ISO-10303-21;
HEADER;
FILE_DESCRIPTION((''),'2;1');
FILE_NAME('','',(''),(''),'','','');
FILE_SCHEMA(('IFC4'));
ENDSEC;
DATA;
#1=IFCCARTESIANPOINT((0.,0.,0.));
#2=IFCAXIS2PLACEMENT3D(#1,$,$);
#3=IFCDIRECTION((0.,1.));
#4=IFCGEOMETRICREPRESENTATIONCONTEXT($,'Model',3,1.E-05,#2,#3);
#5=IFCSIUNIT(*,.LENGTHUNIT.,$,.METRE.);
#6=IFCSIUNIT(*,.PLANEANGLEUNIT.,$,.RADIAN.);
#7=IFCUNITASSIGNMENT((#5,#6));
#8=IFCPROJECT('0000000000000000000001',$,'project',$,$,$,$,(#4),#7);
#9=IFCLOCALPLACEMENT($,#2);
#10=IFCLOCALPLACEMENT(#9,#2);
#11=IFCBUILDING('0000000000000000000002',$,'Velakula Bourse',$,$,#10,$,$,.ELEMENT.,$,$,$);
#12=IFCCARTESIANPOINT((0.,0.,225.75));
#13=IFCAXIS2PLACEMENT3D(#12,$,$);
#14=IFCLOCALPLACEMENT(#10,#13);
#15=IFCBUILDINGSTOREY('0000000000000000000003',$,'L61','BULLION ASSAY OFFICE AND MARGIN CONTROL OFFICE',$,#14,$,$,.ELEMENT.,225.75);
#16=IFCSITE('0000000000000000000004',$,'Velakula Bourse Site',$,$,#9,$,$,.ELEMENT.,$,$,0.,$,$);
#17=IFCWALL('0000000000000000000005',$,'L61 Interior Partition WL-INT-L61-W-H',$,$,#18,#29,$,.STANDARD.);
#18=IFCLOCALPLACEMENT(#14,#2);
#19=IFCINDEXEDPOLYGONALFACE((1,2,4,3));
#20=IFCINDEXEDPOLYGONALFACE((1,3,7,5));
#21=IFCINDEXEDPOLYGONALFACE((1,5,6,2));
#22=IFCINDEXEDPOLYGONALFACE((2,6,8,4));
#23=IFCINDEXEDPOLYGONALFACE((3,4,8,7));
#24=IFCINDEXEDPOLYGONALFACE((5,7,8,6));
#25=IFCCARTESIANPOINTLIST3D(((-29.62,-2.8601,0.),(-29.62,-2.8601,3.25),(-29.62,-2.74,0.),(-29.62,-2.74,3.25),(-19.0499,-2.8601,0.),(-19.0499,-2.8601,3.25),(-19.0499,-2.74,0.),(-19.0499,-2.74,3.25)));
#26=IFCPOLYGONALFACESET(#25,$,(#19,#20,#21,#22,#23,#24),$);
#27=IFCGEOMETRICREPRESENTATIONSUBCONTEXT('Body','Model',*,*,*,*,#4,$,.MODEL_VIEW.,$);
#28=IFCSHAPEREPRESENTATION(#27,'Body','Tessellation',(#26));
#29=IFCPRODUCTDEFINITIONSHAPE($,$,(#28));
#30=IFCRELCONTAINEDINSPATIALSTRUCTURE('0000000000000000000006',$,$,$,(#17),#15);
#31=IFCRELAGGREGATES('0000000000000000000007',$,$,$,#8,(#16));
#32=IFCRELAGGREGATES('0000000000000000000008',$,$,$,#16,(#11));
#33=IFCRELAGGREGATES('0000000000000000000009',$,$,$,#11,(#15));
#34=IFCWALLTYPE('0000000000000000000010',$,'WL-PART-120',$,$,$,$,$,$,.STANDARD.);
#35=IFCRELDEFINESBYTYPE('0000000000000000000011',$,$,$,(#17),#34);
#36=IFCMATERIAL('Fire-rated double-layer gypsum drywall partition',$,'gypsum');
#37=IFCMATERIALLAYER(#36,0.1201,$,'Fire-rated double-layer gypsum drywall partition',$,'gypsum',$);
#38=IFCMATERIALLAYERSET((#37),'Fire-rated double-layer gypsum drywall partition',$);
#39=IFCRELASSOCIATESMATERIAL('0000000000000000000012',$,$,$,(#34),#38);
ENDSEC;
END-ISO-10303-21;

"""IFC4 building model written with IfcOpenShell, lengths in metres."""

from ifc_helpers import new_model, si_unit, direction, frame, frame_2d, origin, place, context, subcontext, project, spatial, rectangle, extrude, material, layer, layer_set, type_object, element, save


model = new_model("IFC4")

# Units and contexts
model_context = context("Model", 3, precision=1e-05, world=origin(), true_north=direction((0.0, 1.0)))
body_context = subcontext(model_context, "Body", "Model", "MODEL_VIEW")
ifc_project = project(units=[si_unit("LENGTHUNIT", "METRE"), si_unit("PLANEANGLEUNIT", "RADIAN")], contexts=[model_context])

# Site, building, storey
site_placement = place(None, origin())
site = spatial("IfcSite", under=ifc_project, at=site_placement, Name="Velakula Bourse Site", CompositionType="ELEMENT", RefElevation=0.0)
building_placement = place(site_placement, origin())
building = spatial("IfcBuilding", under=site, at=building_placement, Name="Velakula Bourse", CompositionType="ELEMENT")
storey_placement = place(building_placement, frame((0.0, 0.0, 225.75)))
storey = spatial("IfcBuildingStorey", under=building, at=storey_placement, Name="L61", Description="BULLION ASSAY OFFICE AND MARGIN CONTROL OFFICE", CompositionType="ELEMENT", Elevation=225.75)

# Wall
ifc_material_1 = material(Name="Fire-rated double-layer gypsum drywall partition", Category="gypsum")
ifc_layer_1 = layer(ifc_material_1, 0.1201, Name="Fire-rated double-layer gypsum drywall partition", Category="gypsum")
ifc_layer_set_1 = layer_set([ifc_layer_1], Name="Fire-rated double-layer gypsum drywall partition")
wall_type_1 = type_object("IfcWallType", Name="WL-PART-120", PredefinedType="STANDARD", material=ifc_layer_set_1)
wall_1_placement = place(storey_placement, frame((-29.6201, -2.8, 0.0), z_axis=(0.0, 0.0, 1.0), x_axis=(1.0, 0.0, 0.0)))
element("IfcWall", 1, at=wall_1_placement, inside=storey, type_object=wall_type_1, Name="L61 Interior Partition WL-INT-L61-W-H", PredefinedType="STANDARD", context=body_context, shape_type="SweptSolid", body=[
    extrude(rectangle(XDim=10.5701, YDim=0.1201, at=frame_2d((5.2852, 0.0))), origin(), (0.0, 0.0, 1.0), 3.25),
])

save(model, "model.ifc")
